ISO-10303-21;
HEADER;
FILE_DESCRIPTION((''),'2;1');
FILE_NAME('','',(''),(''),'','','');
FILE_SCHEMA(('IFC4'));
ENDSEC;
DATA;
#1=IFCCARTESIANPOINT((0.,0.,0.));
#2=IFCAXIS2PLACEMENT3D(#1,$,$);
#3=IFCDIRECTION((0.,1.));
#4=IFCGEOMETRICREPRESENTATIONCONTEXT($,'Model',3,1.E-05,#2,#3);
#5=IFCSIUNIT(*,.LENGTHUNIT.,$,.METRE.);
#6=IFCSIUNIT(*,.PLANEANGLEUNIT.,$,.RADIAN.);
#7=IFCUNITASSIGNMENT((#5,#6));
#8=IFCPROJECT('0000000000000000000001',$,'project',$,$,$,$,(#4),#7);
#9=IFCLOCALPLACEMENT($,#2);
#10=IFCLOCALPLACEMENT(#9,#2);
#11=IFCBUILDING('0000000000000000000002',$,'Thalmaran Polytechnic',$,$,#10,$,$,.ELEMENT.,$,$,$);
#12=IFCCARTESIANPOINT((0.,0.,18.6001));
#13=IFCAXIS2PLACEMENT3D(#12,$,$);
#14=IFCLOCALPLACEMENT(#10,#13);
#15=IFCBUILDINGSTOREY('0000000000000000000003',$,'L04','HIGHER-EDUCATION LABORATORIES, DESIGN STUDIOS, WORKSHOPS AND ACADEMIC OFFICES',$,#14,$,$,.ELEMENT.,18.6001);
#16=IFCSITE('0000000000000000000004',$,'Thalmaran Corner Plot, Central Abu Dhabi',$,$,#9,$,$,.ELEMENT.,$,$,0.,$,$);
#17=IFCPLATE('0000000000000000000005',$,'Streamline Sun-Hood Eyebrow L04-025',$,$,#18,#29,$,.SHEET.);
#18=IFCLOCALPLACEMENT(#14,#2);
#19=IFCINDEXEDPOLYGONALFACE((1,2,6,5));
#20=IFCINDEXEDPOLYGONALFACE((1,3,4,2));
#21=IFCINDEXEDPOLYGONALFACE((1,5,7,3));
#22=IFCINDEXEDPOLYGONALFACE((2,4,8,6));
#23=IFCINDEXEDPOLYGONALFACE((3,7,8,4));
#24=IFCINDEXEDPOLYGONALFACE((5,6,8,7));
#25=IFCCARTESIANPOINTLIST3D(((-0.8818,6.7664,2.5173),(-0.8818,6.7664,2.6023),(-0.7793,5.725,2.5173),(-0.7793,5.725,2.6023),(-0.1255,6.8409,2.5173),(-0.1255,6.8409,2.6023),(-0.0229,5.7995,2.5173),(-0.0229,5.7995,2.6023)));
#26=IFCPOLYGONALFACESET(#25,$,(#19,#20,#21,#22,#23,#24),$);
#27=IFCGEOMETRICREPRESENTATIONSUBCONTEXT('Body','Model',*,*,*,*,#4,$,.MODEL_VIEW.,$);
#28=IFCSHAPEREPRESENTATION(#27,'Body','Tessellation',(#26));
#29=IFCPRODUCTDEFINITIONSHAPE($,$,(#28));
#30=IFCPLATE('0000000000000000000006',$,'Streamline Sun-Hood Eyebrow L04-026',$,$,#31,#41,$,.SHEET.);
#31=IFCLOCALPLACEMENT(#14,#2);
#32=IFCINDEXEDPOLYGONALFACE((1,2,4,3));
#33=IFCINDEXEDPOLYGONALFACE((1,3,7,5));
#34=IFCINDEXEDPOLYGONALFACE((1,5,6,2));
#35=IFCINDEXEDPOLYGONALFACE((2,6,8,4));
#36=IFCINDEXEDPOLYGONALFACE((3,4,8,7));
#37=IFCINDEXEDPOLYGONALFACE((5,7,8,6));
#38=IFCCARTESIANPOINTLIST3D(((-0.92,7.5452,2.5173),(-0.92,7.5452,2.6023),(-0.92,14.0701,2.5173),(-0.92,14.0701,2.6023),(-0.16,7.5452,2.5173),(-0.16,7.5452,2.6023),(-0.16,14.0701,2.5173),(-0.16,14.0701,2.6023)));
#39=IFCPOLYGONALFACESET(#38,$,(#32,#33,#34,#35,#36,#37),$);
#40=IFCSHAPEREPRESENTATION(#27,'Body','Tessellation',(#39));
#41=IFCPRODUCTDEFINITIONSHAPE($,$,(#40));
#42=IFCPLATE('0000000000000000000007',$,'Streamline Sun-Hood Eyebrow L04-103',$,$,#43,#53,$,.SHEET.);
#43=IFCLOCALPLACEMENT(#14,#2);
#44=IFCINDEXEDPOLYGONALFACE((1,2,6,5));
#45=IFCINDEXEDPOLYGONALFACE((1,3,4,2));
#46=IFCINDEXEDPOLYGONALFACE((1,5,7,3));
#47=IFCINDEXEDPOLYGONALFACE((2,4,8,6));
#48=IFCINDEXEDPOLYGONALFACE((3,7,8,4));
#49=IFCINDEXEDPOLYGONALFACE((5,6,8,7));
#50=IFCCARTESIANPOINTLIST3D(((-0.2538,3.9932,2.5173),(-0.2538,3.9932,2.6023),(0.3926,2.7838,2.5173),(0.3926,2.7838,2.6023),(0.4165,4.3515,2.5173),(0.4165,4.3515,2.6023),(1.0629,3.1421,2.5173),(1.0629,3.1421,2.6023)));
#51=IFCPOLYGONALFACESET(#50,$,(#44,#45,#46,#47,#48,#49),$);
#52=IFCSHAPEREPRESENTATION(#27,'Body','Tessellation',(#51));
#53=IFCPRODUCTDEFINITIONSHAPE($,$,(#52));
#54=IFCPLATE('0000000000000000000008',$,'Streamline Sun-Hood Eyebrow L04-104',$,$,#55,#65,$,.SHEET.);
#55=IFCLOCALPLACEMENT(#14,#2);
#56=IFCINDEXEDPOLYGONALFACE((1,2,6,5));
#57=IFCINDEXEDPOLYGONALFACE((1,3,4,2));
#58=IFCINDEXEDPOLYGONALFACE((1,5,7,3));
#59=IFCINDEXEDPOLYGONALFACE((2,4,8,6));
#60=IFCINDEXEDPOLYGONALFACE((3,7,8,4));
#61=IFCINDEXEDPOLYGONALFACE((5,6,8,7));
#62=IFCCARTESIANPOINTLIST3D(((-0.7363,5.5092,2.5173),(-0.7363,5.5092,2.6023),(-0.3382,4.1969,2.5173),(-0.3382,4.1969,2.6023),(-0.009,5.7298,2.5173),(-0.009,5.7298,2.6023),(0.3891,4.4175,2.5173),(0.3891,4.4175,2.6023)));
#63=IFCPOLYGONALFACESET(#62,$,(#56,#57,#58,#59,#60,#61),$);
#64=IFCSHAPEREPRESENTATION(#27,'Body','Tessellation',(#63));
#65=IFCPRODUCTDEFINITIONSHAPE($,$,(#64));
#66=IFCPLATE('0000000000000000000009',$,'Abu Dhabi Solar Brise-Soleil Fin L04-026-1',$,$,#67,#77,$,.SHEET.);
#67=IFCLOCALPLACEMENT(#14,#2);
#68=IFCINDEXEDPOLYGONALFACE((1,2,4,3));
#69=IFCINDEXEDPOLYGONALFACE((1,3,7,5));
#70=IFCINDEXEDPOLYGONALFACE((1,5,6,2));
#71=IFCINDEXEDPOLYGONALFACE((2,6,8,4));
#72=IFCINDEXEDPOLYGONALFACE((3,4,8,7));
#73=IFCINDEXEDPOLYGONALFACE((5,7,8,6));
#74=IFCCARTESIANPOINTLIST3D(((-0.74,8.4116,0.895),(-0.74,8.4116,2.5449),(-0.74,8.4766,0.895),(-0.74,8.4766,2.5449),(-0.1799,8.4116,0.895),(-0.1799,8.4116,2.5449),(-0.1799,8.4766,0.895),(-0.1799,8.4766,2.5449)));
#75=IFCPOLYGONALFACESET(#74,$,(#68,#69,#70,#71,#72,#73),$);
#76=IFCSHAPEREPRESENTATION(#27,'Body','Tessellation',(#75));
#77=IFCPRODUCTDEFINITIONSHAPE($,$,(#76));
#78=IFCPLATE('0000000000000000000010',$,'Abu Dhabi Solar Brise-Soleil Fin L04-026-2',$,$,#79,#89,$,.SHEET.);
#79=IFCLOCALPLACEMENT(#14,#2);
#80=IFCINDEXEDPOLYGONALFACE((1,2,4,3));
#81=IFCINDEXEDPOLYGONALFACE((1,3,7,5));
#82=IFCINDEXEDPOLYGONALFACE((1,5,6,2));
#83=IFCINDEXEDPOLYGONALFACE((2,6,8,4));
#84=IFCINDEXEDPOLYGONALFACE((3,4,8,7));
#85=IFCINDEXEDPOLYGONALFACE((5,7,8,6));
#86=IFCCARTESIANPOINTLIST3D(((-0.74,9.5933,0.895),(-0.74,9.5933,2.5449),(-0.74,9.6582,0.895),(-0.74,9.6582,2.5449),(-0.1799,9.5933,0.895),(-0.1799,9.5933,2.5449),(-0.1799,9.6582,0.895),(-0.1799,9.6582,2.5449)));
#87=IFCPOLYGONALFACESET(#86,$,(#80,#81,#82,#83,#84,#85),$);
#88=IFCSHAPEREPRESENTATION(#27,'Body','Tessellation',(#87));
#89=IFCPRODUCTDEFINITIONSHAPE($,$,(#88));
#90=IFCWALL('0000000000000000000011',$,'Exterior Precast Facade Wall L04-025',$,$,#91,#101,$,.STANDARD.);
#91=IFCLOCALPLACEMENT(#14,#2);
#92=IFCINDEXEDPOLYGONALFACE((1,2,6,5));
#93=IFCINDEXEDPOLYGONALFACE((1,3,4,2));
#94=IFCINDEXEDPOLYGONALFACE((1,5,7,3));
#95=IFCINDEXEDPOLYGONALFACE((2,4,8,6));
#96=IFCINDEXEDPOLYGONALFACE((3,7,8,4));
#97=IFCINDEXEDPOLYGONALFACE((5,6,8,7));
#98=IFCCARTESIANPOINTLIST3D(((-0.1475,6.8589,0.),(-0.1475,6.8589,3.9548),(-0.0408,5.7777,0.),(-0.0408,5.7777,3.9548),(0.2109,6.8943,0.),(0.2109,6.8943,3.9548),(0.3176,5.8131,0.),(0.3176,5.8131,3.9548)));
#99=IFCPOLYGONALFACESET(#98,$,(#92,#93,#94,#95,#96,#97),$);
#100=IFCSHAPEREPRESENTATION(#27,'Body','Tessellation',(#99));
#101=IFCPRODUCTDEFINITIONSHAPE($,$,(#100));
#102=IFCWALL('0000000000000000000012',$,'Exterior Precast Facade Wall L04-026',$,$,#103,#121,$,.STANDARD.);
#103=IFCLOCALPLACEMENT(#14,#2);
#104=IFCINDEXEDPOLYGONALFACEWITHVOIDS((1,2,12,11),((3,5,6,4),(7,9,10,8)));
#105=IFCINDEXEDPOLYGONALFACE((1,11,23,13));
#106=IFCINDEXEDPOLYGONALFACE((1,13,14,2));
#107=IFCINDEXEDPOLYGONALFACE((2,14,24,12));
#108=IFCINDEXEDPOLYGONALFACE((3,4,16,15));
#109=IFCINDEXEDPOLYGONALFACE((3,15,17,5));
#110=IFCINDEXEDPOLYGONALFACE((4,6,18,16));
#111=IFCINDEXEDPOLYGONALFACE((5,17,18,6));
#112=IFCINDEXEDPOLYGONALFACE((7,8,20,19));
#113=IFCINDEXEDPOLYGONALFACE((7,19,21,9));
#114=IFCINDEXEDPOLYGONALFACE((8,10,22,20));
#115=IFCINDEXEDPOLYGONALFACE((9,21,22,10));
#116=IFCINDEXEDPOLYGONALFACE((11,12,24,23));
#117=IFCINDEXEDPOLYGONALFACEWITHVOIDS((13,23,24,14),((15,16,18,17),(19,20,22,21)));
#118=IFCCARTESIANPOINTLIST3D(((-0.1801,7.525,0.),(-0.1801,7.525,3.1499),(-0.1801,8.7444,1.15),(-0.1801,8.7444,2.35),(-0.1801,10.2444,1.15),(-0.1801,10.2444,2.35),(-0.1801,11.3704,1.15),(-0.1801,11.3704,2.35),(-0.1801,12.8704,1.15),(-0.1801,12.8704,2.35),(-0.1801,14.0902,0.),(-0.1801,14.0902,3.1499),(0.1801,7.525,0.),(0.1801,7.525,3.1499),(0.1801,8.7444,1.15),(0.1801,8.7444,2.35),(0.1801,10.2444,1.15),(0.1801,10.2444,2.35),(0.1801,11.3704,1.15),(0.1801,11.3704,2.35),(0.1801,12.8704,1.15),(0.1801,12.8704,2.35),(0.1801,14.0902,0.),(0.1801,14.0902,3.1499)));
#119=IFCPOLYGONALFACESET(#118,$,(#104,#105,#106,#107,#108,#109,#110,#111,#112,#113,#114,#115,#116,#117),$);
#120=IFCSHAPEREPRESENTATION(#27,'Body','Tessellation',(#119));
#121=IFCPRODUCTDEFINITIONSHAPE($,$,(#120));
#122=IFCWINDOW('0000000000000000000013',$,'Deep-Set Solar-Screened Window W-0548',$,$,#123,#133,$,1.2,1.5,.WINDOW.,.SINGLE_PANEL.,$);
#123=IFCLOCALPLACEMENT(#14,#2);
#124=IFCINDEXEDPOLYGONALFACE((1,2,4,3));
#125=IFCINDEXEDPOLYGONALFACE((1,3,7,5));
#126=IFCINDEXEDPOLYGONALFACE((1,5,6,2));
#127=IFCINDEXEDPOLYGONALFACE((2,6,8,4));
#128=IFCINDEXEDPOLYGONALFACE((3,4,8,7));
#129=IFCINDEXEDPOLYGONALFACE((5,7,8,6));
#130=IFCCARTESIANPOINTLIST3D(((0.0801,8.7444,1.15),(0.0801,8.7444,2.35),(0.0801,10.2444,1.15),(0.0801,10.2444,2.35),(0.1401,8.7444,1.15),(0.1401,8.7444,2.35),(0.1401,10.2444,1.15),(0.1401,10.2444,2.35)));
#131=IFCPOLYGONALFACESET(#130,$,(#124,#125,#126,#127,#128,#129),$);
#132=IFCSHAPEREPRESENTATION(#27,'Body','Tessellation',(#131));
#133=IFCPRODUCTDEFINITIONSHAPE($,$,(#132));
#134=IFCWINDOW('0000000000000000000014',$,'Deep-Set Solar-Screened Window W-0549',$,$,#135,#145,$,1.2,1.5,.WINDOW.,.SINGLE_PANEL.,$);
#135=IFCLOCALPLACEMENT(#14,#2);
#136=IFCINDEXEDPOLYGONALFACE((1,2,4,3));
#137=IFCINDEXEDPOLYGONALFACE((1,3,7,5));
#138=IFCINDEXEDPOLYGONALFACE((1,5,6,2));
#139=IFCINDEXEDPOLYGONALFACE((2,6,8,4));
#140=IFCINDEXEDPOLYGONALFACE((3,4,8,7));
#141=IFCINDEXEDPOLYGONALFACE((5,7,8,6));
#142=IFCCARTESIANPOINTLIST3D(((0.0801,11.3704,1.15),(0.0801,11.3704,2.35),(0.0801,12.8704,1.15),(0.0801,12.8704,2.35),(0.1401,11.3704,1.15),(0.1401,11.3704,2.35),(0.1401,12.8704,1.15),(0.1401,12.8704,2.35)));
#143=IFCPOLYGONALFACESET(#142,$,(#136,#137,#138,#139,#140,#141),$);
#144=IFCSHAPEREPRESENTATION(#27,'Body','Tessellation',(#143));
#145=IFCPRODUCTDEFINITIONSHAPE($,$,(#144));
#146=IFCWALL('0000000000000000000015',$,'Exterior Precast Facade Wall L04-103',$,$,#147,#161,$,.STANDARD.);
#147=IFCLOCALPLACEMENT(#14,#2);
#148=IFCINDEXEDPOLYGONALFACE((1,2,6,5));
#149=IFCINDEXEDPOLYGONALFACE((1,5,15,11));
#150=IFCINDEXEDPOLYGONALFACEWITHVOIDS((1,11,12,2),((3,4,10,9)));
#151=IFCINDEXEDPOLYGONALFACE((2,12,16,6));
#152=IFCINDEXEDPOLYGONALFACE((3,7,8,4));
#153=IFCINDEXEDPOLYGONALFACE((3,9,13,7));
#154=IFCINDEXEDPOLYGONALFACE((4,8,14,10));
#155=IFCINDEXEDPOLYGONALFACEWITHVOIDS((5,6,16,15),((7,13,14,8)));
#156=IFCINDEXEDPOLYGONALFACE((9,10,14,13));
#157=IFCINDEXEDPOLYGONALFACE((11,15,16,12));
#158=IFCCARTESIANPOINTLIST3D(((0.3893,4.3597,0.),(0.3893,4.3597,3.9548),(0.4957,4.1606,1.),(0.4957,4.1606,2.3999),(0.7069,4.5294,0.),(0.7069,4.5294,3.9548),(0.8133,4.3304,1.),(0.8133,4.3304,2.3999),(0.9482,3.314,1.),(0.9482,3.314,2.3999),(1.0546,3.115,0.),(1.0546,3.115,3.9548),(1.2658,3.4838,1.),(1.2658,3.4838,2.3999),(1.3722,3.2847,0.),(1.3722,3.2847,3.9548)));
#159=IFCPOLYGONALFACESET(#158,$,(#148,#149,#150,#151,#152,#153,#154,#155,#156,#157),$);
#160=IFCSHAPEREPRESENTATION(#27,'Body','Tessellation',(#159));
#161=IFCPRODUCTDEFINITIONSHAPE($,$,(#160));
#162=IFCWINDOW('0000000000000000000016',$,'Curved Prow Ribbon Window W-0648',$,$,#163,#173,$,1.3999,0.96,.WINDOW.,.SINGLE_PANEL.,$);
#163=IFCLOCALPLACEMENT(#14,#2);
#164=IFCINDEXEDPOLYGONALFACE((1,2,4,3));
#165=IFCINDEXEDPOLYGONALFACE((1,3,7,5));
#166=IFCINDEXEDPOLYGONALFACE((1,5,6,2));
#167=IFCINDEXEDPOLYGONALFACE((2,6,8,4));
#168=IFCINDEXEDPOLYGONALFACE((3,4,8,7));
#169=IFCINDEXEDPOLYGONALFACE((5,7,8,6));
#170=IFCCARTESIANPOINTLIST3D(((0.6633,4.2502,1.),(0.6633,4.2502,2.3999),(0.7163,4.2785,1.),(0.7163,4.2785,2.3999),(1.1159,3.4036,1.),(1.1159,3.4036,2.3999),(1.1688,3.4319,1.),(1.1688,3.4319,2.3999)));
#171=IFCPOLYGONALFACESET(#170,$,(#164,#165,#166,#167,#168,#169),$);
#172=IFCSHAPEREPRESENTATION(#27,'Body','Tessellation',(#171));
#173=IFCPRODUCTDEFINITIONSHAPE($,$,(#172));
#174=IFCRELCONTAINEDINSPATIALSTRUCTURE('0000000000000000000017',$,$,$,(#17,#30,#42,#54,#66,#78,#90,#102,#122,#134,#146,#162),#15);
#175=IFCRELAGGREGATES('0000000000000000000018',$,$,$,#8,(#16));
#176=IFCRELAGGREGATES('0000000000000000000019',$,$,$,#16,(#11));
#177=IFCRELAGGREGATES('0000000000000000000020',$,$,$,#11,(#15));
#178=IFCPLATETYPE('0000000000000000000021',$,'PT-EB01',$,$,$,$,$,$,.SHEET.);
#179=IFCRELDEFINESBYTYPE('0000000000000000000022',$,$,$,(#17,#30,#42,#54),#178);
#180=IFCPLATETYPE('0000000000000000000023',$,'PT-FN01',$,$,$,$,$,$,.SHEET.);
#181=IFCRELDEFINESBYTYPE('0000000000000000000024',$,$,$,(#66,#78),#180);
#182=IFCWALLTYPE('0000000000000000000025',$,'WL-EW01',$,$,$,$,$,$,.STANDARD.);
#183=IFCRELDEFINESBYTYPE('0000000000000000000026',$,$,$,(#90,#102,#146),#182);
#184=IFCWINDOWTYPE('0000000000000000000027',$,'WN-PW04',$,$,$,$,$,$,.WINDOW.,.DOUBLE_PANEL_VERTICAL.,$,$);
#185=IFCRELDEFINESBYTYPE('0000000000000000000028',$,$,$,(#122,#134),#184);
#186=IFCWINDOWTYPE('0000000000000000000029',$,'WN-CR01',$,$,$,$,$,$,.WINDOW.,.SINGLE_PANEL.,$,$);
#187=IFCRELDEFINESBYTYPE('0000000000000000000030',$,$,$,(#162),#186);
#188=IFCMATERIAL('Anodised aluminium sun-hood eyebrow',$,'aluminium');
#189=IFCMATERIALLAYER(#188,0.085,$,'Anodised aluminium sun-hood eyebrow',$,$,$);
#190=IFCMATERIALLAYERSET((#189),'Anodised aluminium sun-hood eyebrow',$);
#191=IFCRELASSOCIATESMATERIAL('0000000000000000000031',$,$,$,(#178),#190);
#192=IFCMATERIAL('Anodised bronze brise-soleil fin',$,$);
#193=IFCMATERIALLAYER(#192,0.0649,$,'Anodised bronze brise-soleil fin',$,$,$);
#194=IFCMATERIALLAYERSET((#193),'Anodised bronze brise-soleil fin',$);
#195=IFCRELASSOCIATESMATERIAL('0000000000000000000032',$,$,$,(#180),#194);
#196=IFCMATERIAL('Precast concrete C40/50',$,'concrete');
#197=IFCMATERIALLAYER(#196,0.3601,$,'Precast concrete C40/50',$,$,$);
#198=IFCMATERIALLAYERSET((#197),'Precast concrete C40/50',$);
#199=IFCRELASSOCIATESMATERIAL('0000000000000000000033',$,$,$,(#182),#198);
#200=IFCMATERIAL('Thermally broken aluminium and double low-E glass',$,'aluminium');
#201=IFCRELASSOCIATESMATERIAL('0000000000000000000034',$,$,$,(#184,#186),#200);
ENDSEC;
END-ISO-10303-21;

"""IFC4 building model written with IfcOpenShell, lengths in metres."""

from ifc_helpers import new_model, si_unit, direction, frame, frame_2d, origin, origin_2d, place, context, subcontext, project, spatial, rectangle, extrude, material, layer, layer_set, type_object, element, fill, save


model = new_model("IFC4")

# Units and contexts
model_context = context("Model", 3, precision=1e-05, world=origin(), true_north=direction((0.0, 1.0)))
body_context = subcontext(model_context, "Body", "Model", "MODEL_VIEW")
ifc_project = project(units=[si_unit("LENGTHUNIT", "METRE"), si_unit("PLANEANGLEUNIT", "RADIAN")], contexts=[model_context])

# Site, building, storey
site_placement = place(None, origin())
site = spatial("IfcSite", under=ifc_project, at=site_placement, Name="Thalmaran Corner Plot, Central Abu Dhabi", CompositionType="ELEMENT", RefElevation=0.0)
building_placement = place(site_placement, origin())
building = spatial("IfcBuilding", under=site, at=building_placement, Name="Thalmaran Polytechnic", CompositionType="ELEMENT")
storey_placement = place(building_placement, frame((0.0, 0.0, 18.6001)))
storey = spatial("IfcBuildingStorey", under=building, at=storey_placement, Name="L04", Description="HIGHER-EDUCATION LABORATORIES, DESIGN STUDIOS, WORKSHOPS AND ACADEMIC OFFICES", CompositionType="ELEMENT", Elevation=18.6001)

# Plates
ifc_material_1 = material(Name="Anodised aluminium sun-hood eyebrow", Category="aluminium")
ifc_layer_1 = layer(ifc_material_1, 0.085, Name="Anodised aluminium sun-hood eyebrow")
ifc_layer_set_1 = layer_set([ifc_layer_1], Name="Anodised aluminium sun-hood eyebrow")
plate_type_1 = type_object("IfcPlateType", Name="PT-EB01", PredefinedType="SHEET", material=ifc_layer_set_1)
plate_1_placement = place(storey_placement, frame((-0.4524, 6.283, 2.5173), z_axis=(0.0, 0.0, 1.0), x_axis=(-0.098017, 0.995185, 0.0)))
element("IfcPlate", 1, at=plate_1_placement, inside=storey, type_object=plate_type_1, Name="Streamline Sun-Hood Eyebrow L04-025", PredefinedType="SHEET", context=body_context, shape_type="SweptSolid", body=[
    extrude(rectangle(XDim=1.0464, YDim=0.76, at=origin_2d()), origin(), (0.0, 0.0, 1.0), 0.085),
])
plate_2_placement = place(storey_placement, frame((-0.54, 10.8076, 2.5173), z_axis=(0.0, 0.0, 1.0), x_axis=(0.0, 1.0, 0.0)))
element("IfcPlate", 2, at=plate_2_placement, inside=storey, type_object=plate_type_1, Name="Streamline Sun-Hood Eyebrow L04-026", PredefinedType="SHEET", context=body_context, shape_type="SweptSolid", body=[
    extrude(rectangle(XDim=6.5249, YDim=0.76, at=origin_2d()), origin(), (0.0, 0.0, 1.0), 0.085),
])
for number, where, z_axis, x_axis, name in (
    (3, (0.4045, 3.5676, 2.5173), (0.0, 0.0, 1.0), (-0.471397, 0.881921, 0.0), "Streamline Sun-Hood Eyebrow L04-103"),
    (4, (-0.1736, 4.9634, 2.5173), (0.0, 0.0, 1.0), (-0.290285, 0.95694, 0.0), "Streamline Sun-Hood Eyebrow L04-104"),
):
    element("IfcPlate", number, at=place(storey_placement, frame(where, z_axis=z_axis, x_axis=x_axis)), inside=storey, type_object=plate_type_1, Name=name, PredefinedType="SHEET", context=body_context, shape_type="SweptSolid", body=[
        extrude(rectangle(XDim=1.3713, YDim=0.76, at=origin_2d()), origin(), (0.0, 0.0, 1.0), 0.085),
    ])
ifc_material_2 = material(Name="Anodised bronze brise-soleil fin")
ifc_layer_2 = layer(ifc_material_2, 0.0649, Name="Anodised bronze brise-soleil fin")
ifc_layer_set_2 = layer_set([ifc_layer_2], Name="Anodised bronze brise-soleil fin")
plate_type_2 = type_object("IfcPlateType", Name="PT-FN01", PredefinedType="SHEET", material=ifc_layer_set_2)
for number, where, z_axis, x_axis, name in (
    (5, (-0.46, 8.4441, 0.895), (0.0, 0.0, 1.0), (0.0, 1.0, 0.0), "Abu Dhabi Solar Brise-Soleil Fin L04-026-1"),
    (6, (-0.46, 9.6257, 0.895), (0.0, 0.0, 1.0), (0.0, 1.0, 0.0), "Abu Dhabi Solar Brise-Soleil Fin L04-026-2"),
):
    element("IfcPlate", number, at=place(storey_placement, frame(where, z_axis=z_axis, x_axis=x_axis)), inside=storey, type_object=plate_type_2, Name=name, PredefinedType="SHEET", context=body_context, shape_type="SweptSolid", body=[
        extrude(rectangle(XDim=0.0649, YDim=0.5601, at=origin_2d()), origin(), (0.0, 0.0, 1.0), 1.6499),
    ])

# Wall
ifc_material_3 = material(Name="Precast concrete C40/50", Category="concrete")
ifc_layer_3 = layer(ifc_material_3, 0.3601, Name="Precast concrete C40/50")
ifc_layer_set_3 = layer_set([ifc_layer_3], Name="Precast concrete C40/50")
wall_type = type_object("IfcWallType", Name="WL-EW01", PredefinedType="STANDARD", material=ifc_layer_set_3)
wall_1_placement = place(storey_placement, frame((0.1384, 5.7954, 0.0), z_axis=(0.0, 0.0, 1.0), x_axis=(-0.098213, 0.995165, 0.0)))
element("IfcWall", 7, at=wall_1_placement, inside=storey, type_object=wall_type, Name="Exterior Precast Facade Wall L04-025", PredefinedType="STANDARD", context=body_context, shape_type="SweptSolid", body=[
    extrude(rectangle(XDim=1.0864, YDim=0.3601, at=frame_2d((0.5432, 0.0))), origin(), (0.0, 0.0, 1.0), 3.9548),
])

# Wall, openings, windows
wall_2_placement = place(storey_placement, frame((0.0, 7.5249, 0.0), z_axis=(0.0, 0.0, 1.0), x_axis=(0.0, 1.0, 0.0)))
wall_2 = element("IfcWall", 8, at=wall_2_placement, inside=storey, type_object=wall_type, Name="Exterior Precast Facade Wall L04-026", PredefinedType="STANDARD", context=body_context, shape_type="SweptSolid", body=[
    extrude(rectangle(XDim=6.5652, YDim=0.3601, at=frame_2d((3.2827, 0.0))), origin(), (0.0, 0.0, 1.0), 3.1499),
])
opening_1_placement = place(wall_2_placement, frame((1.2195, 0.0, 1.1499)))
opening_1 = element("IfcOpeningElement", 9, at=opening_1_placement, cuts=wall_2, PredefinedType="OPENING", context=body_context, shape_type="SweptSolid", body=[
    extrude(rectangle(XDim=1.5, YDim=1.2, at=frame_2d((0.75, 0.6001))), frame((0.0, 0.1899, 0.0), z_axis=(0.0, -1.0, 0.0), x_axis=(1.0, 0.0, 0.0)), (0.0, 0.0, 1.0), 0.3801),
])
opening_2_placement = place(wall_2_placement, frame((3.8455, 0.0, 1.1499)))
opening_2 = element("IfcOpeningElement", 10, at=opening_2_placement, cuts=wall_2, PredefinedType="OPENING", context=body_context, shape_type="SweptSolid", body=[
    extrude(rectangle(XDim=1.5, YDim=1.2, at=frame_2d((0.75, 0.6001))), frame((0.0, 0.1899, 0.0), z_axis=(0.0, -1.0, 0.0), x_axis=(1.0, 0.0, 0.0)), (0.0, 0.0, 1.0), 0.3801),
])
ifc_material_4 = material(Name="Thermally broken aluminium and double low-E glass", Category="aluminium")
window_type_1 = type_object("IfcWindowType", Name="WN-PW04", PartitioningType="DOUBLE_PANEL_VERTICAL", PredefinedType="WINDOW", material=ifc_material_4)
window_1_placement = place(opening_1_placement, origin())
window_1 = element("IfcWindow", 11, at=window_1_placement, inside=storey, type_object=window_type_1, Name="Deep-Set Solar-Screened Window W-0548", OverallHeight=1.2, OverallWidth=1.5, PartitioningType="SINGLE_PANEL", PredefinedType="WINDOW", context=body_context, shape_type="SweptSolid", body=[
    extrude(rectangle(XDim=1.5, YDim=1.2, at=frame_2d((0.75, 0.6001))), frame((0.0, -0.0801, 0.0), z_axis=(0.0, -1.0, 0.0), x_axis=(1.0, 0.0, 0.0)), (0.0, 0.0, 1.0), 0.0601),
])
fill(opening_1, window_1)
window_2_placement = place(opening_2_placement, origin())
window_2 = element("IfcWindow", 12, at=window_2_placement, inside=storey, type_object=window_type_1, Name="Deep-Set Solar-Screened Window W-0549", OverallHeight=1.2, OverallWidth=1.5, PartitioningType="SINGLE_PANEL", PredefinedType="WINDOW", context=body_context, shape_type="SweptSolid", body=[
    extrude(rectangle(XDim=1.5, YDim=1.2, at=frame_2d((0.75, 0.6001))), frame((0.0, -0.0801, 0.0), z_axis=(0.0, -1.0, 0.0), x_axis=(1.0, 0.0, 0.0)), (0.0, 0.0, 1.0), 0.0601),
])
fill(opening_2, window_2)

# Wall, opening, window
wall_3_placement = place(storey_placement, frame((1.2134, 3.2, 0.0), z_axis=(0.0, 0.0, 1.0), x_axis=(-0.471405, 0.881917, 0.0)))
wall_3 = element("IfcWall", 13, at=wall_3_placement, inside=storey, type_object=wall_type, Name="Exterior Precast Facade Wall L04-103", PredefinedType="STANDARD", context=body_context, shape_type="SweptSolid", body=[
    extrude(rectangle(XDim=1.4114, YDim=0.3601, at=frame_2d((0.7056, 0.0))), origin(), (0.0, 0.0, 1.0), 3.9548),
])
opening_3_placement = place(wall_3_placement, frame((0.2256, 0.0, 1.0)))
opening_3 = element("IfcOpeningElement", 14, at=opening_3_placement, cuts=wall_3, PredefinedType="OPENING", context=body_context, shape_type="SweptSolid", body=[
    extrude(rectangle(XDim=0.96, YDim=1.3999, at=frame_2d((0.48, 0.7))), frame((0.0, 0.1899, 0.0), z_axis=(0.0, -1.0, 0.0), x_axis=(1.0, 0.0, 0.0)), (0.0, 0.0, 1.0), 0.3801),
])
window_type_2 = type_object("IfcWindowType", Name="WN-CR01", PartitioningType="SINGLE_PANEL", PredefinedType="WINDOW", material=ifc_material_4)
window_3_placement = place(opening_3_placement, origin())
window_3 = element("IfcWindow", 15, at=window_3_placement, inside=storey, type_object=window_type_2, Name="Curved Prow Ribbon Window W-0648", OverallHeight=1.3999, OverallWidth=0.96, PartitioningType="SINGLE_PANEL", PredefinedType="WINDOW", context=body_context, shape_type="SweptSolid", body=[
    extrude(rectangle(XDim=0.96, YDim=1.3999, at=frame_2d((0.48, 0.7))), frame((0.0, -0.01, 0.0), z_axis=(0.0, -1.0, 0.0), x_axis=(1.0, 0.0, 0.0)), (0.0, 0.0, 1.0), 0.0601),
])
fill(opening_3, window_3)

save(model, "model.ifc")
